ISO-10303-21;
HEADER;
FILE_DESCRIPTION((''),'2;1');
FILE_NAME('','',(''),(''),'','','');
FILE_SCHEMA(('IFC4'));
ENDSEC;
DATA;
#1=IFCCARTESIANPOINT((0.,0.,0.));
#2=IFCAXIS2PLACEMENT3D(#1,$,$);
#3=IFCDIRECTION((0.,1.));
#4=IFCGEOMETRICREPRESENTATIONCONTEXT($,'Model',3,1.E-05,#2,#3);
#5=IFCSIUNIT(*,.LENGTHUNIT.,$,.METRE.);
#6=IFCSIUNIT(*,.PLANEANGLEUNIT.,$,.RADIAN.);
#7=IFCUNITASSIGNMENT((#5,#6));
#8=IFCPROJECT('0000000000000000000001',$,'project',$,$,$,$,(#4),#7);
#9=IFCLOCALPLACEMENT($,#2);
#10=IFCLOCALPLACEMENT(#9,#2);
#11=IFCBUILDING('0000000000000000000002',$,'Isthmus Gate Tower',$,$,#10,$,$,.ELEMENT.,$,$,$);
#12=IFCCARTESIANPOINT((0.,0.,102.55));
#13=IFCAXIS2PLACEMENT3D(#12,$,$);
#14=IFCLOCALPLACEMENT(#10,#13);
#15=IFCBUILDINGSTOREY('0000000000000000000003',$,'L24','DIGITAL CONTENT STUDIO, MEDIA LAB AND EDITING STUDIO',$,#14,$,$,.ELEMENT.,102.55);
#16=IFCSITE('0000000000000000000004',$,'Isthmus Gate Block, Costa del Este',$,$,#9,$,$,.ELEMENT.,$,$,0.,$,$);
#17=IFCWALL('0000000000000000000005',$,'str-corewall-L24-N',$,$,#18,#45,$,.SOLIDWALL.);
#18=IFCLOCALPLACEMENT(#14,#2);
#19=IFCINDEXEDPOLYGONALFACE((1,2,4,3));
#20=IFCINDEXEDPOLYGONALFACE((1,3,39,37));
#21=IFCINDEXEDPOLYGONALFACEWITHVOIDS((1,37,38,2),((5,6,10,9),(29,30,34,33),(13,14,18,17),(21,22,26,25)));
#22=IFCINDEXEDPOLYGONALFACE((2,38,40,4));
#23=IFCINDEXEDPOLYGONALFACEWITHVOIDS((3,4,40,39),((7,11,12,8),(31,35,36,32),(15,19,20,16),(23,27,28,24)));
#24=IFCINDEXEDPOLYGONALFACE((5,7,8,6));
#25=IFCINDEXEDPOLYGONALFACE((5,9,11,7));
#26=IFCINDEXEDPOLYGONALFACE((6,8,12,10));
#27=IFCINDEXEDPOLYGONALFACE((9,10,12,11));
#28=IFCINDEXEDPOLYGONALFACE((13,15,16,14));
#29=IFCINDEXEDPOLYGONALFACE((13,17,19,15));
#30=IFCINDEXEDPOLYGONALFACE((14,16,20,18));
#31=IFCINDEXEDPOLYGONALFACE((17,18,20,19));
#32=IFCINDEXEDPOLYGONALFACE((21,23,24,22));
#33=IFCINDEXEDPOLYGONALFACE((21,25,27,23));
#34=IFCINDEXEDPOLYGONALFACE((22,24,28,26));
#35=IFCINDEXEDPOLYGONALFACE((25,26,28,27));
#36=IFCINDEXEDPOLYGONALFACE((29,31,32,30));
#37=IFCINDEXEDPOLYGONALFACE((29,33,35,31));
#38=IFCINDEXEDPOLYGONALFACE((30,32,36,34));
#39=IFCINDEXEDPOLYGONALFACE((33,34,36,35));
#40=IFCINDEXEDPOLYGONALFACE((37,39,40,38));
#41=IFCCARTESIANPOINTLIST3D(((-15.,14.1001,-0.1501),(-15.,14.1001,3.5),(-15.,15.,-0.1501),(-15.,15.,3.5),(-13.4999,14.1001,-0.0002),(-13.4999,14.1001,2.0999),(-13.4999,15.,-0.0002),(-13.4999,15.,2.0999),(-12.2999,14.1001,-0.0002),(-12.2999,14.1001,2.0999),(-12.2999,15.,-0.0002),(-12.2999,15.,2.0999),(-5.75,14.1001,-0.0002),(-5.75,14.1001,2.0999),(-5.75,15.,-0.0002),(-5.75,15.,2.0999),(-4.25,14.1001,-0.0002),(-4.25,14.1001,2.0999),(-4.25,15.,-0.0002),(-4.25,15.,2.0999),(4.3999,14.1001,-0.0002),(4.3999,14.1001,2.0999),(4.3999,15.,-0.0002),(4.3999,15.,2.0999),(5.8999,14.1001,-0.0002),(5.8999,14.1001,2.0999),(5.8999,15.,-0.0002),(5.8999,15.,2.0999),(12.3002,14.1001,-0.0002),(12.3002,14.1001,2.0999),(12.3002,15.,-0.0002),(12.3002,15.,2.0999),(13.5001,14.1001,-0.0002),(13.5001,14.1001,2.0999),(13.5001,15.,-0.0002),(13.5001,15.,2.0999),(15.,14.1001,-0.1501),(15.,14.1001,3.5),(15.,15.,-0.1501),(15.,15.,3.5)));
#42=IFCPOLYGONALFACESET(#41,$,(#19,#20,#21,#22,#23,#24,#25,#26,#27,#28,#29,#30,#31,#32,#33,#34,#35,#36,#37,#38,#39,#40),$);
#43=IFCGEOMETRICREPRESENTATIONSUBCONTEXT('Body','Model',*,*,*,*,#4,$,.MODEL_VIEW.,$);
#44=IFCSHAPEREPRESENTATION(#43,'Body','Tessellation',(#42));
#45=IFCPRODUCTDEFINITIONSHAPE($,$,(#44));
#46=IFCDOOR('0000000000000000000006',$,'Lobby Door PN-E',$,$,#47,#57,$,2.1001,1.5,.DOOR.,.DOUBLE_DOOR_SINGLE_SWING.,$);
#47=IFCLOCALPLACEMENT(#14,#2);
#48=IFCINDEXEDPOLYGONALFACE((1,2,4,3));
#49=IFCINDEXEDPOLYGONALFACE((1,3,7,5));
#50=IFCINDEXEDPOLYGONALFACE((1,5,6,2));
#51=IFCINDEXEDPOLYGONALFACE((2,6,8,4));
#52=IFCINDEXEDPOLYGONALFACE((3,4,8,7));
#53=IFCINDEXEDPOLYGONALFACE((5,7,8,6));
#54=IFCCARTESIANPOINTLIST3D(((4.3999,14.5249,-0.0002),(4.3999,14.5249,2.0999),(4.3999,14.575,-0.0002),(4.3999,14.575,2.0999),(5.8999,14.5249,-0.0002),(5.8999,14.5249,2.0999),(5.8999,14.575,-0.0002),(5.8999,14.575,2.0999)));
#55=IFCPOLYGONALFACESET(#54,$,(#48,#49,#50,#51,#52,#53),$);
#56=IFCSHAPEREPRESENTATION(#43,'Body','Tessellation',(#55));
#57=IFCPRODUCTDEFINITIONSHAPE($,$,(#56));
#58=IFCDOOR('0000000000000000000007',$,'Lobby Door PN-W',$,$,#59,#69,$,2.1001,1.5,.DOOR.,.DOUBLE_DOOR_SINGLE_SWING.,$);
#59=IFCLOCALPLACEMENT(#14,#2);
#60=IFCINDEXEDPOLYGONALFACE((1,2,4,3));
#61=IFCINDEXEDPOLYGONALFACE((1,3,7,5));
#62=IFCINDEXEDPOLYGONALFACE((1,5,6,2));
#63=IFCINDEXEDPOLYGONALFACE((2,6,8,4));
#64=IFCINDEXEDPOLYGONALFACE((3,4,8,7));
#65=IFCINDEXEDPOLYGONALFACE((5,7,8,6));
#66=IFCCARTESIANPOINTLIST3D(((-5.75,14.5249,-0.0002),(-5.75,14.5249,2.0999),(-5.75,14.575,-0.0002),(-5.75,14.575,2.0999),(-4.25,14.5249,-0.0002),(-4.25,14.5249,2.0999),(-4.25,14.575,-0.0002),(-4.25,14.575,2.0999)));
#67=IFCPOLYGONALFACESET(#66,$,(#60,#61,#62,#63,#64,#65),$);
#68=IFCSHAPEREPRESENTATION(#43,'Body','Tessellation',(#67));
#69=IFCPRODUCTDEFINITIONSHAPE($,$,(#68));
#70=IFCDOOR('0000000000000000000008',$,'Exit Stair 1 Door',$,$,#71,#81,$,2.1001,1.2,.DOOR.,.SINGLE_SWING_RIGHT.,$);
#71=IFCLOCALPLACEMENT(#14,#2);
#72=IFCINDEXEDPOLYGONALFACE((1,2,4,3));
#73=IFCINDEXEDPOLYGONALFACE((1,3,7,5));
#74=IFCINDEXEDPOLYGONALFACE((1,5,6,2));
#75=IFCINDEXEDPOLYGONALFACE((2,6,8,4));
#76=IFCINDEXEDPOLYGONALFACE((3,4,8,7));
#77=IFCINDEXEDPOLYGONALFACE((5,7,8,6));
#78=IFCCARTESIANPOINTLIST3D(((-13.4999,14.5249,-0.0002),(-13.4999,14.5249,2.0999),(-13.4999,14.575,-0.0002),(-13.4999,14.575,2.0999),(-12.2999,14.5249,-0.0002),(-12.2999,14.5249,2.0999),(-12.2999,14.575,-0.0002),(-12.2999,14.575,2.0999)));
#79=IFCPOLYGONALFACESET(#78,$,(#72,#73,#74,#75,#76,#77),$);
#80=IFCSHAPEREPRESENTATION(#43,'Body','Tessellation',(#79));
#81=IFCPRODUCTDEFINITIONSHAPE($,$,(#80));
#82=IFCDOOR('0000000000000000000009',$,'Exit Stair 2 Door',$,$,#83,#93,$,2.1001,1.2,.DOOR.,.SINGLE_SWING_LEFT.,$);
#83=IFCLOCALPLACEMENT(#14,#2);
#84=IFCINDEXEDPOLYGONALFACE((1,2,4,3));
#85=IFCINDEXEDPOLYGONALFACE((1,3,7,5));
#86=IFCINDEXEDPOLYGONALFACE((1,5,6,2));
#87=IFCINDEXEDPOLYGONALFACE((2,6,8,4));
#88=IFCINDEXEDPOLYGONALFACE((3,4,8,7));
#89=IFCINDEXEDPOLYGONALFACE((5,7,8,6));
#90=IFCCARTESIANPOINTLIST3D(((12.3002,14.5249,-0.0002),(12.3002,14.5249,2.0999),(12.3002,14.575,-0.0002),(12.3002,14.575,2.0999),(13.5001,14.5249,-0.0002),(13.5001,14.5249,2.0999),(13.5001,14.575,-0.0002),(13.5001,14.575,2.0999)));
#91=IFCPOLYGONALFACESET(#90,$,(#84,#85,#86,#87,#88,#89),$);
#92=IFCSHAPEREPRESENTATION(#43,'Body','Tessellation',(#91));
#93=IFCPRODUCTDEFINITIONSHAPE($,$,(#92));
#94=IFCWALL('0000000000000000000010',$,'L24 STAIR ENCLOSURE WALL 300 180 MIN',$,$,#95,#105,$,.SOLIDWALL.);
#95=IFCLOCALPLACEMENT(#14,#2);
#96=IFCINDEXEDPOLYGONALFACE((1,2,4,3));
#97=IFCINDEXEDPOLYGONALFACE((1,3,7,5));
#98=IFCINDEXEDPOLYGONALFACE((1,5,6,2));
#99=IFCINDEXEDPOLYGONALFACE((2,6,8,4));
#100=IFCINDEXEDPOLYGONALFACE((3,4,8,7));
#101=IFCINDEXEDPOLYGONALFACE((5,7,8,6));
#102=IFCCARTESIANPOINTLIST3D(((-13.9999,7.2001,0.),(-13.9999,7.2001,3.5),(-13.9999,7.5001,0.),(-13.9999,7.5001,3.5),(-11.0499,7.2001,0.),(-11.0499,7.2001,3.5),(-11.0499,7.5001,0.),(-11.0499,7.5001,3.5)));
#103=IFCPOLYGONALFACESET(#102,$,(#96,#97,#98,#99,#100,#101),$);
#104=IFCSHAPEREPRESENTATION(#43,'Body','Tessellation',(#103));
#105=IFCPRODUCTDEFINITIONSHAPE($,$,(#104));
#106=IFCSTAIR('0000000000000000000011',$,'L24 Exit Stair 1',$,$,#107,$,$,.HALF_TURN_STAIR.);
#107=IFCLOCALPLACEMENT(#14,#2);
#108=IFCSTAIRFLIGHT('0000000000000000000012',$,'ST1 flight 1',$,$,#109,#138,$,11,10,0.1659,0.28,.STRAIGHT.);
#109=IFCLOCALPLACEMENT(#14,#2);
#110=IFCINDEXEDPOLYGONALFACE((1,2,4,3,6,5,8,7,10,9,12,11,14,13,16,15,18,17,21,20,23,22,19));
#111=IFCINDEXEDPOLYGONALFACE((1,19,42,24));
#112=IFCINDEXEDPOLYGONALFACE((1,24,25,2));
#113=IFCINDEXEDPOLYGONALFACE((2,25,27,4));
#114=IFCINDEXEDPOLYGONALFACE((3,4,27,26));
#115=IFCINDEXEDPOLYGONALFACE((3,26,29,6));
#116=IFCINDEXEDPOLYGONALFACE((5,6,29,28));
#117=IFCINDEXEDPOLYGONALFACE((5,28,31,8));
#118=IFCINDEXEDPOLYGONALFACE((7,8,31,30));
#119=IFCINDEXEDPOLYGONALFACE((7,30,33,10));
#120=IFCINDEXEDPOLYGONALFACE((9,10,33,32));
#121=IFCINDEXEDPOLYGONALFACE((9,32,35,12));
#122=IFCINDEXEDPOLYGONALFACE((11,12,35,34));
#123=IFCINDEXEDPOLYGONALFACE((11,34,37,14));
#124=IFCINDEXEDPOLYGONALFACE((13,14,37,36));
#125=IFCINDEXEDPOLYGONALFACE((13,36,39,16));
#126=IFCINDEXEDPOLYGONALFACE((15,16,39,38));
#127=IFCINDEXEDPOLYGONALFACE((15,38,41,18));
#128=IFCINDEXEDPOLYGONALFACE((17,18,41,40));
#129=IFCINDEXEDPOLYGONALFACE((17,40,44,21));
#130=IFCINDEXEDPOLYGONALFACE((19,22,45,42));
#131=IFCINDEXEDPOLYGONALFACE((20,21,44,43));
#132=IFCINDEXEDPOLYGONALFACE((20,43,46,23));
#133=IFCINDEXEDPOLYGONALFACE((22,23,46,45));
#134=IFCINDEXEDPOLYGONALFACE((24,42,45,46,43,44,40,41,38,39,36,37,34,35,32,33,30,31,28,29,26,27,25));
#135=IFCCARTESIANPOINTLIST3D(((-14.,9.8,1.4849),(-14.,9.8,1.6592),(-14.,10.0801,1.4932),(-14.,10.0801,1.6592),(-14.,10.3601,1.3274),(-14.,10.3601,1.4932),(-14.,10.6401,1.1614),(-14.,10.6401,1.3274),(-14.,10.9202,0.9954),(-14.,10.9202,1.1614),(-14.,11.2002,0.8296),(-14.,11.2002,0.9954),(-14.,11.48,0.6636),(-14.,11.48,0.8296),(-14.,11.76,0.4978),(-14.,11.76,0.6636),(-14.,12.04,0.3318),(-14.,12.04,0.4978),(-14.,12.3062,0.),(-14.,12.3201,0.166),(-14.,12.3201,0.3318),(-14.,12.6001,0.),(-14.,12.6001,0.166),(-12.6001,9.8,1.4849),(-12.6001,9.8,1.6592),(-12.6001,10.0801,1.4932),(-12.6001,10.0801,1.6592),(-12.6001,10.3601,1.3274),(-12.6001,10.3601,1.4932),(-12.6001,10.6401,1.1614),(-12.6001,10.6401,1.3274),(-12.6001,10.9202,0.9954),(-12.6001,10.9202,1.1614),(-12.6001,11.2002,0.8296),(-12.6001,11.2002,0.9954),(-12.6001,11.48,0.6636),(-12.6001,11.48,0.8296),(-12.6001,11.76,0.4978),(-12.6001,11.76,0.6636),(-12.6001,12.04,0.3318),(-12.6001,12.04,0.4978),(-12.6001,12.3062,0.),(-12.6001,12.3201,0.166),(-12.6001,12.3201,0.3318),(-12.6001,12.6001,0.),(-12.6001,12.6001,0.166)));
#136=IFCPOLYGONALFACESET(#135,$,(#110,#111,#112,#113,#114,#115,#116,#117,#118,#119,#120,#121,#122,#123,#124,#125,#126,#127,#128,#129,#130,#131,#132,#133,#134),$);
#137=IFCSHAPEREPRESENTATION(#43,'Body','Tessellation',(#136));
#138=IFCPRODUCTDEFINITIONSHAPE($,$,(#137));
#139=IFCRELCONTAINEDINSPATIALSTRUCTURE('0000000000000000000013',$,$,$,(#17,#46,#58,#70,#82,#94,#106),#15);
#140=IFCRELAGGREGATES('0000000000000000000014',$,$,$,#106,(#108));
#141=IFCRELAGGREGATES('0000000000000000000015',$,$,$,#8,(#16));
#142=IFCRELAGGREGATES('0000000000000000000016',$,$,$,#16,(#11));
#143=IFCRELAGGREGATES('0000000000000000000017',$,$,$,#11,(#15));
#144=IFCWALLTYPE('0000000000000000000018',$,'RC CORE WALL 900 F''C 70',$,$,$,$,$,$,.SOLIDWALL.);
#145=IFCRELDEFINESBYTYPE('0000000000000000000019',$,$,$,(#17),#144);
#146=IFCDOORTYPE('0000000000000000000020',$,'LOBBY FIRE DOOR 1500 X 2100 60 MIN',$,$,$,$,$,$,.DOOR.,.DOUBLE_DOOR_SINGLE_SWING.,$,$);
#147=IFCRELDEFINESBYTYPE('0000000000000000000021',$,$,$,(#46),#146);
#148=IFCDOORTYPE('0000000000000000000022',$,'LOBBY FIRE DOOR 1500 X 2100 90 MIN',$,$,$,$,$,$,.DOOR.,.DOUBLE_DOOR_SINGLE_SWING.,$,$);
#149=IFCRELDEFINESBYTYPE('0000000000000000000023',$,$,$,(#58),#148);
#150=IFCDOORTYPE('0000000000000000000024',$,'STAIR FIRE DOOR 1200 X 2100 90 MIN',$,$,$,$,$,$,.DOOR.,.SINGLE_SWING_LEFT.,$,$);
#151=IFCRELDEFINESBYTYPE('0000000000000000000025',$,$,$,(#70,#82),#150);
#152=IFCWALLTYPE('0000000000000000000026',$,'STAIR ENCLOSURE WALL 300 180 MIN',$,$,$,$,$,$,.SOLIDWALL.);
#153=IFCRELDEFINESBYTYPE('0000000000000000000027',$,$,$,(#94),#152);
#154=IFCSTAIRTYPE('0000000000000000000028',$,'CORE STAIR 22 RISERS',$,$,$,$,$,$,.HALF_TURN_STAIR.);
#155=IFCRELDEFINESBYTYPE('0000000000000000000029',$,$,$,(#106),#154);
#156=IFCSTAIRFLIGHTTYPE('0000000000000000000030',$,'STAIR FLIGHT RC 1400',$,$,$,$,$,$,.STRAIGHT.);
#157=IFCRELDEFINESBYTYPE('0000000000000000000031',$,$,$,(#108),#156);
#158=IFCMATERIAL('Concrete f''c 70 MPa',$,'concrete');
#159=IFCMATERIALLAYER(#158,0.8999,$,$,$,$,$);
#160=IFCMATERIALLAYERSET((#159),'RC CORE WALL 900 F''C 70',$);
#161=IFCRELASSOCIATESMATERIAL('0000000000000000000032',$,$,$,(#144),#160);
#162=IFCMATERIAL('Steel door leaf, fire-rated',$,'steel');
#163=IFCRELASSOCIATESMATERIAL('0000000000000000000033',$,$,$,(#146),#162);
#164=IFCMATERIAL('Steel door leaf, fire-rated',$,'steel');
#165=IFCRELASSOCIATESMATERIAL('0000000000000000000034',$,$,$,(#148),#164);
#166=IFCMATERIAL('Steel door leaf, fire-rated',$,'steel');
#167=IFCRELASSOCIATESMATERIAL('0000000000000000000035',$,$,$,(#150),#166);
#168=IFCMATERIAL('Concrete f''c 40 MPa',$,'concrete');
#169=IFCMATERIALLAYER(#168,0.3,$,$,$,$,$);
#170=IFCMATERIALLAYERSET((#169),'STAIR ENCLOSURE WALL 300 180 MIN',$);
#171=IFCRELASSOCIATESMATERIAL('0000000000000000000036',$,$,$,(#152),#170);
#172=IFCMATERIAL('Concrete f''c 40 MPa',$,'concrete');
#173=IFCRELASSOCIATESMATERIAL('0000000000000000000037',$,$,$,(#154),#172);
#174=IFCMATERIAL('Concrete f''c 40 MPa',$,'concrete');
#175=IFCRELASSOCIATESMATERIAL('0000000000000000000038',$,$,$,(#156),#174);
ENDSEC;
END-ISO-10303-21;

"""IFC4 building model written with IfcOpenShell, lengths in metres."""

from ifc_helpers import new_model, si_unit, direction, frame, frame_2d, origin, place, context, subcontext, project, spatial, polyline, rectangle, outline, extrude, material, layer, layer_set, type_object, element, fill, aggregate, save


model = new_model("IFC4")

# Units and contexts
model_context = context("Model", 3, precision=1e-05, world=origin(), true_north=direction((0.0, 1.0)))
body_context = subcontext(model_context, "Body", "Model", "MODEL_VIEW")
ifc_project = project(units=[si_unit("LENGTHUNIT", "METRE"), si_unit("PLANEANGLEUNIT", "RADIAN")], contexts=[model_context])

# Site, building, storey
site_placement = place(None, origin())
site = spatial("IfcSite", under=ifc_project, at=site_placement, Name="Isthmus Gate Block, Costa del Este", CompositionType="ELEMENT", RefElevation=0.0)
building_placement = place(site_placement, origin())
building = spatial("IfcBuilding", under=site, at=building_placement, Name="Isthmus Gate Tower", CompositionType="ELEMENT")
storey_placement = place(building_placement, frame((0.0, 0.0, 102.55)))
storey = spatial("IfcBuildingStorey", under=building, at=storey_placement, Name="L24", Description="DIGITAL CONTENT STUDIO, MEDIA LAB AND EDITING STUDIO", CompositionType="ELEMENT", Elevation=102.55)

# Wall, openings, doors
ifc_material_1 = material(Name="Concrete f'c 70 MPa", Category="concrete")
ifc_layer_1 = layer(ifc_material_1, 0.8999)
ifc_layer_set_1 = layer_set([ifc_layer_1], Name="RC CORE WALL 900 F'C 70")
wall_type_1 = type_object("IfcWallType", Name="RC CORE WALL 900 F'C 70", PredefinedType="SOLIDWALL", material=ifc_layer_set_1)
wall_1_placement = place(storey_placement, frame((-15.0, 14.55, -0.1501), z_axis=(0.0, 0.0, 1.0), x_axis=(1.0, 0.0, 0.0)))
wall_1 = element("IfcWall", 1, at=wall_1_placement, inside=storey, type_object=wall_type_1, Name="str-corewall-L24-N", PredefinedType="SOLIDWALL", context=body_context, shape_type="SweptSolid", body=[
    extrude(rectangle(XDim=30.0, YDim=0.8999, at=frame_2d((15.0, 0.0))), origin(), (0.0, 0.0, 1.0), 3.6501),
])
opening_1_placement = place(wall_1_placement, frame((9.25, 0.0, 0.1499)))
opening_1 = element("IfcOpeningElement", 2, at=opening_1_placement, cuts=wall_1, PredefinedType="OPENING", context=body_context, shape_type="SweptSolid", body=[
    extrude(rectangle(XDim=1.5, YDim=2.1001, at=frame_2d((0.75, 1.05))), frame((0.0, 0.46, 0.0), z_axis=(0.0, -1.0, 0.0), x_axis=(1.0, 0.0, 0.0)), (0.0, 0.0, 1.0), 0.9199),
])
opening_2_placement = place(wall_1_placement, frame((19.3999, 0.0, 0.1499)))
opening_2 = element("IfcOpeningElement", 3, at=opening_2_placement, cuts=wall_1, PredefinedType="OPENING", context=body_context, shape_type="SweptSolid", body=[
    extrude(rectangle(XDim=1.5, YDim=2.1001, at=frame_2d((0.75, 1.05))), frame((0.0, 0.46, 0.0), z_axis=(0.0, -1.0, 0.0), x_axis=(1.0, 0.0, 0.0)), (0.0, 0.0, 1.0), 0.9199),
])
opening_3_placement = place(wall_1_placement, frame((1.5, 0.0, 0.1499)))
opening_3 = element("IfcOpeningElement", 4, at=opening_3_placement, cuts=wall_1, PredefinedType="OPENING", context=body_context, shape_type="SweptSolid", body=[
    extrude(rectangle(XDim=1.2, YDim=2.1001, at=frame_2d((0.6001, 1.05))), frame((0.0, 0.46, 0.0), z_axis=(0.0, -1.0, 0.0), x_axis=(1.0, 0.0, 0.0)), (0.0, 0.0, 1.0), 0.9199),
])
opening_4_placement = place(wall_1_placement, frame((27.3, 0.0, 0.1499)))
opening_4 = element("IfcOpeningElement", 5, at=opening_4_placement, cuts=wall_1, PredefinedType="OPENING", context=body_context, shape_type="SweptSolid", body=[
    extrude(rectangle(XDim=1.2, YDim=2.1001, at=frame_2d((0.6001, 1.05))), frame((0.0, 0.46, 0.0), z_axis=(0.0, -1.0, 0.0), x_axis=(1.0, 0.0, 0.0)), (0.0, 0.0, 1.0), 0.9199),
])
ifc_material_2 = material(Name="Steel door leaf, fire-rated", Category="steel")
door_type_1 = type_object("IfcDoorType", Name="LOBBY FIRE DOOR 1500 X 2100 60 MIN", OperationType="DOUBLE_DOOR_SINGLE_SWING", PredefinedType="DOOR", material=ifc_material_2)
door_1_placement = place(opening_2_placement, origin())
door_1 = element("IfcDoor", 6, at=door_1_placement, inside=storey, type_object=door_type_1, Name="Lobby Door PN-E", OperationType="DOUBLE_DOOR_SINGLE_SWING", OverallHeight=2.1001, OverallWidth=1.5, PredefinedType="DOOR", context=body_context, shape_type="SweptSolid", body=[
    extrude(rectangle(XDim=1.5, YDim=2.1001, at=frame_2d((0.75, 1.05))), frame((0.0, 0.0249, 0.0), z_axis=(0.0, -1.0, 0.0), x_axis=(1.0, 0.0, 0.0)), (0.0, 0.0, 1.0), 0.05),
])
fill(opening_2, door_1)
ifc_material_3 = material(Name="Steel door leaf, fire-rated", Category="steel")
door_type_2 = type_object("IfcDoorType", Name="LOBBY FIRE DOOR 1500 X 2100 90 MIN", OperationType="DOUBLE_DOOR_SINGLE_SWING", PredefinedType="DOOR", material=ifc_material_3)
door_2_placement = place(opening_1_placement, origin())
door_2 = element("IfcDoor", 7, at=door_2_placement, inside=storey, type_object=door_type_2, Name="Lobby Door PN-W", OperationType="DOUBLE_DOOR_SINGLE_SWING", OverallHeight=2.1001, OverallWidth=1.5, PredefinedType="DOOR", context=body_context, shape_type="SweptSolid", body=[
    extrude(rectangle(XDim=1.5, YDim=2.1001, at=frame_2d((0.75, 1.05))), frame((0.0, 0.0249, 0.0), z_axis=(0.0, -1.0, 0.0), x_axis=(1.0, 0.0, 0.0)), (0.0, 0.0, 1.0), 0.05),
])
fill(opening_1, door_2)
ifc_material_4 = material(Name="Steel door leaf, fire-rated", Category="steel")
door_type_3 = type_object("IfcDoorType", Name="STAIR FIRE DOOR 1200 X 2100 90 MIN", OperationType="SINGLE_SWING_LEFT", PredefinedType="DOOR", material=ifc_material_4)
door_3_placement = place(opening_3_placement, origin())
door_3 = element("IfcDoor", 8, at=door_3_placement, inside=storey, type_object=door_type_3, Name="Exit Stair 1 Door", OperationType="SINGLE_SWING_RIGHT", OverallHeight=2.1001, OverallWidth=1.2, PredefinedType="DOOR", context=body_context, shape_type="SweptSolid", body=[
    extrude(rectangle(XDim=1.2, YDim=2.1001, at=frame_2d((0.6001, 1.05))), frame((0.0, 0.0249, 0.0), z_axis=(0.0, -1.0, 0.0), x_axis=(1.0, 0.0, 0.0)), (0.0, 0.0, 1.0), 0.05),
])
fill(opening_3, door_3)
door_4_placement = place(opening_4_placement, origin())
door_4 = element("IfcDoor", 9, at=door_4_placement, inside=storey, type_object=door_type_3, Name="Exit Stair 2 Door", OperationType="SINGLE_SWING_LEFT", OverallHeight=2.1001, OverallWidth=1.2, PredefinedType="DOOR", context=body_context, shape_type="SweptSolid", body=[
    extrude(rectangle(XDim=1.2, YDim=2.1001, at=frame_2d((0.6001, 1.05))), frame((0.0, 0.0249, 0.0), z_axis=(0.0, -1.0, 0.0), x_axis=(1.0, 0.0, 0.0)), (0.0, 0.0, 1.0), 0.05),
])
fill(opening_4, door_4)

# Wall
ifc_material_5 = material(Name="Concrete f'c 40 MPa", Category="concrete")
ifc_layer_2 = layer(ifc_material_5, 0.3)
ifc_layer_set_2 = layer_set([ifc_layer_2], Name="STAIR ENCLOSURE WALL 300 180 MIN")
wall_type_2 = type_object("IfcWallType", Name="STAIR ENCLOSURE WALL 300 180 MIN", PredefinedType="SOLIDWALL", material=ifc_layer_set_2)
wall_2_placement = place(storey_placement, frame((-14.0, 7.3501, 0.0), z_axis=(0.0, 0.0, 1.0), x_axis=(1.0, 0.0, 0.0)))
element("IfcWall", 10, at=wall_2_placement, inside=storey, type_object=wall_type_2, Name="L24 STAIR ENCLOSURE WALL 300 180 MIN", PredefinedType="SOLIDWALL", context=body_context, shape_type="SweptSolid", body=[
    extrude(rectangle(XDim=2.95, YDim=0.3, at=frame_2d((1.4751, 0.0))), origin(), (0.0, 0.0, 1.0), 3.5),
])

# Stair, stair flight
ifc_material_6 = material(Name="Concrete f'c 40 MPa", Category="concrete")
stair_type = type_object("IfcStairType", Name="CORE STAIR 22 RISERS", PredefinedType="HALF_TURN_STAIR", material=ifc_material_6)
stair_placement = place(storey_placement, origin())
stair = element("IfcStair", 11, at=stair_placement, inside=storey, type_object=stair_type, Name="L24 Exit Stair 1", PredefinedType="HALF_TURN_STAIR")
ifc_material_7 = material(Name="Concrete f'c 40 MPa", Category="concrete")
stair_flight_type = type_object("IfcStairFlightType", Name="STAIR FLIGHT RC 1400", PredefinedType="STRAIGHT", material=ifc_material_7)
stair_flight_placement = place(storey_placement, frame((-13.3, 12.6001, 0.0), z_axis=(0.0, 0.0, 1.0), x_axis=(0.0, -1.0, 0.0)))
stair_flight = element("IfcStairFlight", 12, at=stair_flight_placement, type_object=stair_flight_type, Name="ST1 flight 1", NumberOfRisers=11, NumberOfTreads=10, PredefinedType="STRAIGHT", RiserHeight=0.1659, TreadLength=0.28, context=body_context, shape_type="SweptSolid", body=[
    extrude(outline(polyline([(0.0, 0.0), (0.0, 0.166), (0.28, 0.166), (0.28, 0.3318), (0.5601, 0.3318), (0.5601, 0.4978), (0.8401, 0.4978), (0.8401, 0.6636), (1.1201, 0.6636), (1.1201, 0.8296), (1.3999, 0.8296), (1.3999, 0.9954), (1.6799, 0.9954), (1.6799, 1.1614), (1.96, 1.1614), (1.96, 1.3274), (2.24, 1.3274), (2.24, 1.4932), (2.52, 1.4932), (2.52, 1.6592), (2.8, 1.6592), (2.8, 1.825), (2.8, 1.4849), (0.2939, 0.0), (0.0, 0.0)])), frame((0.0, 0.7, 0.0), z_axis=(0.0, -1.0, 0.0), x_axis=(1.0, 0.0, 0.0)), (0.0, 0.0, 1.0), 1.3999),
])
aggregate(stair, [stair_flight])

save(model, "model.ifc")
